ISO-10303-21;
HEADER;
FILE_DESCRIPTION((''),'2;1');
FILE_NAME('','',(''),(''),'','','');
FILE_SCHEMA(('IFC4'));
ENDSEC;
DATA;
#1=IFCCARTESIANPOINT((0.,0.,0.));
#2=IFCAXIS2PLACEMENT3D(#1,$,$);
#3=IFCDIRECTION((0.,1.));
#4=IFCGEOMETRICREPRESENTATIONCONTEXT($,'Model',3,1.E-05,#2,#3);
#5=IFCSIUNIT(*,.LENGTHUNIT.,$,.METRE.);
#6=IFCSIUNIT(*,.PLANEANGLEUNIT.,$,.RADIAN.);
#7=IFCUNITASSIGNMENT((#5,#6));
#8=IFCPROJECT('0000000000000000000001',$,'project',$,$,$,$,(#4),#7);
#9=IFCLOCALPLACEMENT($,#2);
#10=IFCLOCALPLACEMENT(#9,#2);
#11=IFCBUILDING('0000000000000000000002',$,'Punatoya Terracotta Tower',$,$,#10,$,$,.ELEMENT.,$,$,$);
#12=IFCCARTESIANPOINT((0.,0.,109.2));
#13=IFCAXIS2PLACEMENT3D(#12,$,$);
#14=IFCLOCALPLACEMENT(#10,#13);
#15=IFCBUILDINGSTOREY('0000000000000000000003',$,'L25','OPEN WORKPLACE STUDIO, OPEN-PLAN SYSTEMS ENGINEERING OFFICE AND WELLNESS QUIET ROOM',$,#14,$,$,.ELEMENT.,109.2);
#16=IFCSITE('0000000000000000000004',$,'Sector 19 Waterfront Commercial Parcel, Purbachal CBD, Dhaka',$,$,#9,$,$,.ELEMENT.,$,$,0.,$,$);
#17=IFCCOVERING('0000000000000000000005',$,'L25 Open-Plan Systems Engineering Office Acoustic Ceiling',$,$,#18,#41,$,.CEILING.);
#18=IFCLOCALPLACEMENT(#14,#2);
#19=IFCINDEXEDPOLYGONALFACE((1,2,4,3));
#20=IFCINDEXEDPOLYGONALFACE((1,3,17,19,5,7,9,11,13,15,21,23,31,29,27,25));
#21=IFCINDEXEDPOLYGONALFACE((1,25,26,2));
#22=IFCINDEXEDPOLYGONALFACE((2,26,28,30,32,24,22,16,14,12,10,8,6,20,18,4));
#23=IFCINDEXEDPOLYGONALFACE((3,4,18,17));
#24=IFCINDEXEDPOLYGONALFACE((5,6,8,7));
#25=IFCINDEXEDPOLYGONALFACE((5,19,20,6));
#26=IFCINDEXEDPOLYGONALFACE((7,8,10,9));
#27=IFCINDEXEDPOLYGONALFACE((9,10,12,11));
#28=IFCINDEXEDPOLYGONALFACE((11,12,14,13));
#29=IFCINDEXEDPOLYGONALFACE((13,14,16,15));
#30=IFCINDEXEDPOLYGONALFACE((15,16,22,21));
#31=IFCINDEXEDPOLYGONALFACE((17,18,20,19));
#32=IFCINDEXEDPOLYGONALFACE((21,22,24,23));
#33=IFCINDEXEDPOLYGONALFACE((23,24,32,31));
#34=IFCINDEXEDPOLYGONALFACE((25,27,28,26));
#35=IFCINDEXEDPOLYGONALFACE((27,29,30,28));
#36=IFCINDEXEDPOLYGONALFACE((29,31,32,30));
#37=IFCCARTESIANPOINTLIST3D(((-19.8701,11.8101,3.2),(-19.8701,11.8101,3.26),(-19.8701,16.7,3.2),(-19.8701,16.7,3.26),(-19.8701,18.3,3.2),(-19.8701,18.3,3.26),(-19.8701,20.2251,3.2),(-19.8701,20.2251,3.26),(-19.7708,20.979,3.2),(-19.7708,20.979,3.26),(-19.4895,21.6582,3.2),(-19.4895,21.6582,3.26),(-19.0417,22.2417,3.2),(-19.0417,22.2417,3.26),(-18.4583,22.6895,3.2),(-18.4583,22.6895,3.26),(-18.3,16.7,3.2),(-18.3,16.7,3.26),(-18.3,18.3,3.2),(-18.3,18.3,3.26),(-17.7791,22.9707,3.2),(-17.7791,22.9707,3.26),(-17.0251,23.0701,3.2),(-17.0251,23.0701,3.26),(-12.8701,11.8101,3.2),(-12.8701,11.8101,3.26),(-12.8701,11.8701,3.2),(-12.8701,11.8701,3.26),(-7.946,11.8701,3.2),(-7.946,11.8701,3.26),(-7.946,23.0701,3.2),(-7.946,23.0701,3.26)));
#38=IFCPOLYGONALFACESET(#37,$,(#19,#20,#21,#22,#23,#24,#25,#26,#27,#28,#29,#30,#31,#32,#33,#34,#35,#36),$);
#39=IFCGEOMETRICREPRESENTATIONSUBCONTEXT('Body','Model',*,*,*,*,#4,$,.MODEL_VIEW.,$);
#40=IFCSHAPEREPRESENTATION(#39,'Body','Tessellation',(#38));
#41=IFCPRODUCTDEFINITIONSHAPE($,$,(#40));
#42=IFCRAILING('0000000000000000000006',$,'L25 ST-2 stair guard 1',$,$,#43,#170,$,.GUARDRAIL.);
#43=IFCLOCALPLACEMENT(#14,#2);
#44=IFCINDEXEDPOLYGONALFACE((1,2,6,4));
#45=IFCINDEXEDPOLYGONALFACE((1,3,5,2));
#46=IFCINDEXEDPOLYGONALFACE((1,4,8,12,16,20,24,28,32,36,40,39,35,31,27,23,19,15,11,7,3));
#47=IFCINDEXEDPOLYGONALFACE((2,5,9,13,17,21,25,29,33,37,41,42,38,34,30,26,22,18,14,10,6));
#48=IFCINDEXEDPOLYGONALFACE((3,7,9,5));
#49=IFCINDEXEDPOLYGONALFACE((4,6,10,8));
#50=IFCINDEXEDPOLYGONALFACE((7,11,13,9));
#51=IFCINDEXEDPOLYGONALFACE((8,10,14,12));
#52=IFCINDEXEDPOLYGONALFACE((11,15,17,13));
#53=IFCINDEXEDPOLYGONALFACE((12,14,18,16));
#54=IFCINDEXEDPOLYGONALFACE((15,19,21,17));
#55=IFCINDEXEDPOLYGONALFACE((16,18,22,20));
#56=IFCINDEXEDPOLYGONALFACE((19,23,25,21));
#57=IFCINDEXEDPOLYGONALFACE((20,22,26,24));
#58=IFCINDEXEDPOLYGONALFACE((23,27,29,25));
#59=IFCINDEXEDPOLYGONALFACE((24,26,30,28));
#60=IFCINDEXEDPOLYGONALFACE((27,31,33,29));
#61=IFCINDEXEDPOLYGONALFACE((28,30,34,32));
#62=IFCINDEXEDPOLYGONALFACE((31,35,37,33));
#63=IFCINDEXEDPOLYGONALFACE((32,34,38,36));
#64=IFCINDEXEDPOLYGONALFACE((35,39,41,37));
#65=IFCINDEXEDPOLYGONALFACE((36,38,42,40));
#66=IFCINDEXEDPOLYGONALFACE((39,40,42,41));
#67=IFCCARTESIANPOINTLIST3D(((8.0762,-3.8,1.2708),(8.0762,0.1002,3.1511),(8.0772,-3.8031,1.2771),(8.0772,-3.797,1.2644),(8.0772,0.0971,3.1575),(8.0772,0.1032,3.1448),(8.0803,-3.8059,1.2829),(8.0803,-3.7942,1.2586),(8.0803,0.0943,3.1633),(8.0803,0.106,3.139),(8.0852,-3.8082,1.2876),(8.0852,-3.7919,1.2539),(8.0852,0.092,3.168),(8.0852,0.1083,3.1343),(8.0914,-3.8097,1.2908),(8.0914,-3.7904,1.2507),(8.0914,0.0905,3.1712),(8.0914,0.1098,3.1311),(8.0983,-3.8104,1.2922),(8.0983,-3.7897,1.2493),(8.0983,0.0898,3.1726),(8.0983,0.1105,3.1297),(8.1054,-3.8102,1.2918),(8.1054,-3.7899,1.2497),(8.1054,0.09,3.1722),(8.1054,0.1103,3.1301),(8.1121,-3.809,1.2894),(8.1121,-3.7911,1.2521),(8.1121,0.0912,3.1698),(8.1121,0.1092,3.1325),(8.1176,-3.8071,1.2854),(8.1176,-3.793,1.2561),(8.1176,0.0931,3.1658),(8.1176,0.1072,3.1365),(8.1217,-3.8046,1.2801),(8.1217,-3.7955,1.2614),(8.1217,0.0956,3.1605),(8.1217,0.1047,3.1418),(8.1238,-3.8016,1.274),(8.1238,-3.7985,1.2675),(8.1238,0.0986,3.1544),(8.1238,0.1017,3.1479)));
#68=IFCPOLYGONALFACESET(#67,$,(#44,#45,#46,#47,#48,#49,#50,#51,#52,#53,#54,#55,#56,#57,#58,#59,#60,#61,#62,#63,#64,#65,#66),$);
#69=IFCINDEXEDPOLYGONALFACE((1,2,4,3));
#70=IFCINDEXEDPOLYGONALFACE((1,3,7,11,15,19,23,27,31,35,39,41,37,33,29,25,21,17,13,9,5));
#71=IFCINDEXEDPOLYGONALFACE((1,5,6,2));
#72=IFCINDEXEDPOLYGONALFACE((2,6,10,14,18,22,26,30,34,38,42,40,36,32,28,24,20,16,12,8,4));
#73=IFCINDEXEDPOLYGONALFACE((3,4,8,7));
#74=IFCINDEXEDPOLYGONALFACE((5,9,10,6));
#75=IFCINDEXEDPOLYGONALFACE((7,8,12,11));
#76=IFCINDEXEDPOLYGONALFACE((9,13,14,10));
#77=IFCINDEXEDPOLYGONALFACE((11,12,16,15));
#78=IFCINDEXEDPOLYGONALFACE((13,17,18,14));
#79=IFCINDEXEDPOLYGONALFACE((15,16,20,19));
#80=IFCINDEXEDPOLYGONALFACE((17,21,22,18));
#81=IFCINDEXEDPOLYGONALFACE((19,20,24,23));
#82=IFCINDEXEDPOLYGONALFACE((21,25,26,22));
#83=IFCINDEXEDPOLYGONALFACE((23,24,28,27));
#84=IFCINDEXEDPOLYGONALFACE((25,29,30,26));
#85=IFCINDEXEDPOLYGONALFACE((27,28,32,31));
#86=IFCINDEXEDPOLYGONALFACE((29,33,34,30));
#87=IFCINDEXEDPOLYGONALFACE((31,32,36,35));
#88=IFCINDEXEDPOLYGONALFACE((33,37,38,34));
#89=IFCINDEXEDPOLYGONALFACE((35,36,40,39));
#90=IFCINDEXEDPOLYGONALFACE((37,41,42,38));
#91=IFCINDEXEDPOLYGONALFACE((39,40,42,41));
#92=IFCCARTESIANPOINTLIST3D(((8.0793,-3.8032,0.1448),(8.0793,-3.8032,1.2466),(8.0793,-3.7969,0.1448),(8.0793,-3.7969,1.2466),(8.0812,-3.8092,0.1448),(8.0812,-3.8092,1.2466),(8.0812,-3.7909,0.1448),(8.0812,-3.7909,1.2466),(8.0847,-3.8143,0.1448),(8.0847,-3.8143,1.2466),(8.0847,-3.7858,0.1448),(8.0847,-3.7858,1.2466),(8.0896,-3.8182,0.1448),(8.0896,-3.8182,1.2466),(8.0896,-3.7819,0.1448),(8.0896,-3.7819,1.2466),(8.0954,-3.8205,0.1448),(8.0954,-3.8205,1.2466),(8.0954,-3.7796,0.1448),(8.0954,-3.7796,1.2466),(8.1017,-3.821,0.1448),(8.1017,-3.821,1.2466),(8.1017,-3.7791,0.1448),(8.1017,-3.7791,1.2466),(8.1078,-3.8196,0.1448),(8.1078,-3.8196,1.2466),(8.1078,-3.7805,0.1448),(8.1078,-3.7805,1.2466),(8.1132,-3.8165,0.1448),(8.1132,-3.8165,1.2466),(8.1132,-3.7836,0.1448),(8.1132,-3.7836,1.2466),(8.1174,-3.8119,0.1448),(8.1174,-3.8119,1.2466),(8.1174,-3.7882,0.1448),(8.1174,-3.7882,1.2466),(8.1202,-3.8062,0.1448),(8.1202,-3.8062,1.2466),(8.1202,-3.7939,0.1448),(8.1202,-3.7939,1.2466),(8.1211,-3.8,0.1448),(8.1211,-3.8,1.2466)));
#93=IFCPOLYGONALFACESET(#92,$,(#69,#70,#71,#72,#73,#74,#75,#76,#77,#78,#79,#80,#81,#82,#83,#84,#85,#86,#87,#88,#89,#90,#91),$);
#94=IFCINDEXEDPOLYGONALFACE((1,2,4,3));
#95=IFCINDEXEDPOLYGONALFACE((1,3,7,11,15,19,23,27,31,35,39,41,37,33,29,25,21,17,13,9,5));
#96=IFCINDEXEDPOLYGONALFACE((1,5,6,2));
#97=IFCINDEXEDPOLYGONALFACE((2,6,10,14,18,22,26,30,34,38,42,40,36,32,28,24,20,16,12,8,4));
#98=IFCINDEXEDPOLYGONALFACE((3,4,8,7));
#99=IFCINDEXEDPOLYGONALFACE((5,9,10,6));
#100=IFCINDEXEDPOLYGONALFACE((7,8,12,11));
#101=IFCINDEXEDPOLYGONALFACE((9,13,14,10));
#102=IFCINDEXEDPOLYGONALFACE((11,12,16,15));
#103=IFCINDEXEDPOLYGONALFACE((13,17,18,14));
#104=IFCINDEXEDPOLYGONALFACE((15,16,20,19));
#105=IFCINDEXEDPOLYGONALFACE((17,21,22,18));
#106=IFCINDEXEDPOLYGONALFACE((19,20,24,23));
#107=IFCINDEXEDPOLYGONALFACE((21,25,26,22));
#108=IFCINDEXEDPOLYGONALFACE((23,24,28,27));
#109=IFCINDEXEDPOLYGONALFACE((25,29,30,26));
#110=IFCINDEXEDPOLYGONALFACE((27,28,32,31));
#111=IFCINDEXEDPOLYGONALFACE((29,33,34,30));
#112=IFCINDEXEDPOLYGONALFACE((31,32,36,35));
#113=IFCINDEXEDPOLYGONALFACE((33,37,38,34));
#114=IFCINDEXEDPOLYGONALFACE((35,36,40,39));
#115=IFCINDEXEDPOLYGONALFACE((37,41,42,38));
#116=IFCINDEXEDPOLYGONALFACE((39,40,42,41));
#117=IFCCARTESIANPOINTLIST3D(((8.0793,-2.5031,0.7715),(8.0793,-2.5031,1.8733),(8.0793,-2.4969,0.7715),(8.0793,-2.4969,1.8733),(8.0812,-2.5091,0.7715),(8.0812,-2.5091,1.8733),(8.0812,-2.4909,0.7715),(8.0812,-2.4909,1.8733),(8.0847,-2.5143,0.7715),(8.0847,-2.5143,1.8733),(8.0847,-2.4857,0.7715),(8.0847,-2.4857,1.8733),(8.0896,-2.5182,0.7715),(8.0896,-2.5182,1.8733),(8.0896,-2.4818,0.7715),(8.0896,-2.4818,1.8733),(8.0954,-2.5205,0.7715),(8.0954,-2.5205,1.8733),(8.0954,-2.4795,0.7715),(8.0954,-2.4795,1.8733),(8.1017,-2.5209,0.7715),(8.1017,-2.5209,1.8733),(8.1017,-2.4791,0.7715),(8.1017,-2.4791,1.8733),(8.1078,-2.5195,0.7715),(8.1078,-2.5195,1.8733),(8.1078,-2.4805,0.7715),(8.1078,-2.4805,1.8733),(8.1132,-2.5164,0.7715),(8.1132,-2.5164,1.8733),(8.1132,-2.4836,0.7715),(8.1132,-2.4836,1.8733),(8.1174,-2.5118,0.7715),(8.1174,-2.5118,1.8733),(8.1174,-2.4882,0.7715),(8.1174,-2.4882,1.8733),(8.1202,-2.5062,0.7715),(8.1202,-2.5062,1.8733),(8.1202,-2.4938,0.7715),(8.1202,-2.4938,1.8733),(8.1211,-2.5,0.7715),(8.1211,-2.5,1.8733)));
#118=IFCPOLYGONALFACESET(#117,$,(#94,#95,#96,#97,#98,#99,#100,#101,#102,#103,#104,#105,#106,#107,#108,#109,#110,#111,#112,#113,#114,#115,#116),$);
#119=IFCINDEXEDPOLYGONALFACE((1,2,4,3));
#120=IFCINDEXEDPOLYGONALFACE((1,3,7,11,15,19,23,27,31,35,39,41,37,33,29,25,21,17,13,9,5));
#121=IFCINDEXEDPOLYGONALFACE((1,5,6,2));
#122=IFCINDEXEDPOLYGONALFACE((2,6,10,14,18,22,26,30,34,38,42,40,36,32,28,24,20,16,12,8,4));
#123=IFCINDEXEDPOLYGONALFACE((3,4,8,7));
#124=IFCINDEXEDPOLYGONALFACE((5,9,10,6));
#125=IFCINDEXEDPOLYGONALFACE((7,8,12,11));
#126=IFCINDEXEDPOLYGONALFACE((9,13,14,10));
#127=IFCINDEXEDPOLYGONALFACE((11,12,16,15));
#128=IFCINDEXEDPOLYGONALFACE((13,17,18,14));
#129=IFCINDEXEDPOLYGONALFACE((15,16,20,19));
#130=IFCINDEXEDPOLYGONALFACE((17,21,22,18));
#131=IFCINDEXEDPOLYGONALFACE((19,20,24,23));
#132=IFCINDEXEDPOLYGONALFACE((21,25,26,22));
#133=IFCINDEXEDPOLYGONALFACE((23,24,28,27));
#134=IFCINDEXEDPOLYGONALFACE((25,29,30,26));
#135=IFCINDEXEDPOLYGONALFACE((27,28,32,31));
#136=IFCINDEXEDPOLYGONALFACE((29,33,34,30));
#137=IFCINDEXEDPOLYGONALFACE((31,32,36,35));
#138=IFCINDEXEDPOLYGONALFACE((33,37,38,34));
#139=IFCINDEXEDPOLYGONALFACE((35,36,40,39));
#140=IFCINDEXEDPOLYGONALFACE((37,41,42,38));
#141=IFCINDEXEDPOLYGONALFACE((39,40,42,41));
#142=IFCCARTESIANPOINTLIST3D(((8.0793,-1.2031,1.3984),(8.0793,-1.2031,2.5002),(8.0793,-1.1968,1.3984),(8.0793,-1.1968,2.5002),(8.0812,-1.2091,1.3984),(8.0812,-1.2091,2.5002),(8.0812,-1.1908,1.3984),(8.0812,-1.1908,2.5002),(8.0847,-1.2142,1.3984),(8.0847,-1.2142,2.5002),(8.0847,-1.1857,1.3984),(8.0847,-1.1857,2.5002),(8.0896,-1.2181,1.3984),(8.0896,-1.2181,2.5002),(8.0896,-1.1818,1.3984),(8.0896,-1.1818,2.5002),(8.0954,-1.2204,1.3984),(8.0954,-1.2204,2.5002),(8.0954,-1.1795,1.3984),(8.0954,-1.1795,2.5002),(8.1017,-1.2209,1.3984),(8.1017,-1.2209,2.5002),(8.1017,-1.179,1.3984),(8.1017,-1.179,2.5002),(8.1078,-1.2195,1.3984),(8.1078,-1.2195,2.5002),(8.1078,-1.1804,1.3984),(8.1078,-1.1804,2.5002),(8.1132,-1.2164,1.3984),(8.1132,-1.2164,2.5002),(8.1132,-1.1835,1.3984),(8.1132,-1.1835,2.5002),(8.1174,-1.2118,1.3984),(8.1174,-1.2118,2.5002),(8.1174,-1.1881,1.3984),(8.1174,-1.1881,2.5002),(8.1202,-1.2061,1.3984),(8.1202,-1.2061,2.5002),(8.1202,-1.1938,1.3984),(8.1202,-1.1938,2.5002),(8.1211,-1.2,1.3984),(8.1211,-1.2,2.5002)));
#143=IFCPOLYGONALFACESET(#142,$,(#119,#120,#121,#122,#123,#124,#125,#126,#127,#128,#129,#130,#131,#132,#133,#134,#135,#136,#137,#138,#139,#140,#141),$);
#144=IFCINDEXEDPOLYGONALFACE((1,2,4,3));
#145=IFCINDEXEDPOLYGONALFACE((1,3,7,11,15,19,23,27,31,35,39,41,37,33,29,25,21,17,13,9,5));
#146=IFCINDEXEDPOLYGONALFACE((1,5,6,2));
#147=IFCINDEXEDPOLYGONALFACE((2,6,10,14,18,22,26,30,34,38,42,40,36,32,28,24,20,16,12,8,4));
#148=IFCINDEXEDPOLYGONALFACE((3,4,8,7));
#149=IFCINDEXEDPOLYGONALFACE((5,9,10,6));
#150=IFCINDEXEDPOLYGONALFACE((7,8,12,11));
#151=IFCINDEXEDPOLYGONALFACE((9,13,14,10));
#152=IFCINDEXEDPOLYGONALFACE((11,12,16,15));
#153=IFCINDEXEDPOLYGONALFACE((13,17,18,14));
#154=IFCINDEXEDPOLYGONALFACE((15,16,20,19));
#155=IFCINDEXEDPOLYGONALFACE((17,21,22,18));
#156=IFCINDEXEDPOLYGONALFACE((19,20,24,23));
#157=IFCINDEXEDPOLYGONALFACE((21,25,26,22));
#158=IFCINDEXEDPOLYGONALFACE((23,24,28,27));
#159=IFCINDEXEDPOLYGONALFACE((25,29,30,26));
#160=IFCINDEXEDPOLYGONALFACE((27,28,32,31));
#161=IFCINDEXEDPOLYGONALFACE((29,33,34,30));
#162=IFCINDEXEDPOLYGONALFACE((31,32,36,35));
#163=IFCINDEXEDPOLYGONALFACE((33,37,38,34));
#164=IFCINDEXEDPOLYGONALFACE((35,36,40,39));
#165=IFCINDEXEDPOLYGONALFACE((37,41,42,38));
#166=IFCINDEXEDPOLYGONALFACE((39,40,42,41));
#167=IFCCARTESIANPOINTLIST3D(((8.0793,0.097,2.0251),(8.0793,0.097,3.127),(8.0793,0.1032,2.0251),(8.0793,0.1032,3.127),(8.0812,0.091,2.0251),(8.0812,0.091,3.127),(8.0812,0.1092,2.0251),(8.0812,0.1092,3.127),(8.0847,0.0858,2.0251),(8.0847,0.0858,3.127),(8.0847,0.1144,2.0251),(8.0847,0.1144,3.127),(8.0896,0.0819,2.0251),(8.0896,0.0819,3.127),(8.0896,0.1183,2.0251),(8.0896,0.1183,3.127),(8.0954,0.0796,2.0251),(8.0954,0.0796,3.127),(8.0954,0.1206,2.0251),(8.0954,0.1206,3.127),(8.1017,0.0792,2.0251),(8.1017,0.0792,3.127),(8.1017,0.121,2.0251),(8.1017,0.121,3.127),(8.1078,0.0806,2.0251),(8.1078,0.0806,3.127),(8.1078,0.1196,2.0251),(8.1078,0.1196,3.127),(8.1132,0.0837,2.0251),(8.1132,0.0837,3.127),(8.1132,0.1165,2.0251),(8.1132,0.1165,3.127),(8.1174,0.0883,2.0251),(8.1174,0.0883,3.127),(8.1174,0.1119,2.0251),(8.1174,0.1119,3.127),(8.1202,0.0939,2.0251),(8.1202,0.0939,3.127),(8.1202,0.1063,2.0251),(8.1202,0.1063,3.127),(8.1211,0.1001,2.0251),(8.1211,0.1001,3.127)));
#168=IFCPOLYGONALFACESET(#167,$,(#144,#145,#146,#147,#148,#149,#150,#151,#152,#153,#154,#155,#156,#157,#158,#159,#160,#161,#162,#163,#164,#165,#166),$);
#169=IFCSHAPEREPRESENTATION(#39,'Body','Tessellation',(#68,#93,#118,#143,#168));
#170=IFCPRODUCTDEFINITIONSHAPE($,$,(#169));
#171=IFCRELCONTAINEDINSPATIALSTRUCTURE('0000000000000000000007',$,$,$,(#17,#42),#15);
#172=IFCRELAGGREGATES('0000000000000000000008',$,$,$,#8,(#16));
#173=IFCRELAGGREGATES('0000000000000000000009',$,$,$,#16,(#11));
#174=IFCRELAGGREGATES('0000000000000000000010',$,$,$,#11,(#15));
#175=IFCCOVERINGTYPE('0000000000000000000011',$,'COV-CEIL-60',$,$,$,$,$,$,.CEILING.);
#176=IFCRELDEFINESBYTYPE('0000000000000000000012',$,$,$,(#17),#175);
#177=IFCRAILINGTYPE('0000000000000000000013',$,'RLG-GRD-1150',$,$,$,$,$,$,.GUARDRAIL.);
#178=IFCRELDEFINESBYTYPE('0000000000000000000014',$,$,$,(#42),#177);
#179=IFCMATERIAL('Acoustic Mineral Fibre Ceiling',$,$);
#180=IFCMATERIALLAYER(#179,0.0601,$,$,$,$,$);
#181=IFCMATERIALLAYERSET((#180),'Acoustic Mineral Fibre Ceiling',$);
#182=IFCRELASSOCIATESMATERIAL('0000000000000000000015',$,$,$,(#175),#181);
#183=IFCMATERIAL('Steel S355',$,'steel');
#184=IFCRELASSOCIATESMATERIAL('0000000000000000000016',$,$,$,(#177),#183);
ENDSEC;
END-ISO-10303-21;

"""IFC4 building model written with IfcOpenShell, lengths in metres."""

from ifc_helpers import new_model, si_unit, direction, frame, origin, origin_2d, place, context, subcontext, project, spatial, polyline, circle, outline, extrude, material, layer, layer_set, type_object, element, save


model = new_model("IFC4")

# Units and contexts
model_context = context("Model", 3, precision=1e-05, world=origin(), true_north=direction((0.0, 1.0)))
body_context = subcontext(model_context, "Body", "Model", "MODEL_VIEW")
ifc_project = project(units=[si_unit("LENGTHUNIT", "METRE"), si_unit("PLANEANGLEUNIT", "RADIAN")], contexts=[model_context])

# Site, building, storey
site_placement = place(None, origin())
site = spatial("IfcSite", under=ifc_project, at=site_placement, Name="Sector 19 Waterfront Commercial Parcel, Purbachal CBD, Dhaka", CompositionType="ELEMENT", RefElevation=0.0)
building_placement = place(site_placement, origin())
building = spatial("IfcBuilding", under=site, at=building_placement, Name="Punatoya Terracotta Tower", CompositionType="ELEMENT")
storey_placement = place(building_placement, frame((0.0, 0.0, 109.2)))
storey = spatial("IfcBuildingStorey", under=building, at=storey_placement, Name="L25", Description="OPEN WORKPLACE STUDIO, OPEN-PLAN SYSTEMS ENGINEERING OFFICE AND WELLNESS QUIET ROOM", CompositionType="ELEMENT", Elevation=109.2)

# Covering
ifc_material_1 = material(Name="Acoustic Mineral Fibre Ceiling")
ifc_layer_1 = layer(ifc_material_1, 0.0601)
ifc_layer_set_1 = layer_set([ifc_layer_1], Name="Acoustic Mineral Fibre Ceiling")
covering_type = type_object("IfcCoveringType", Name="COV-CEIL-60", PredefinedType="CEILING", material=ifc_layer_set_1)
covering_1_placement = place(storey_placement, frame((0.0, 0.0, 3.2)))
element("IfcCovering", 1, at=covering_1_placement, inside=storey, type_object=covering_type, Name="L25 Open-Plan Systems Engineering Office Acoustic Ceiling", PredefinedType="CEILING", context=body_context, shape_type="SweptSolid", body=[
    extrude(outline(polyline([(-19.0417, 22.2417), (-19.4895, 21.6582), (-19.7708, 20.979), (-19.8701, 20.2251), (-19.8701, 18.3), (-18.3, 18.3), (-18.3, 16.7), (-19.8701, 16.7), (-19.8701, 11.8101), (-12.8701, 11.8101), (-12.8701, 11.8701), (-7.946, 11.8701), (-7.946, 23.0701), (-17.0251, 23.0701), (-17.7791, 22.9707), (-18.4583, 22.6895), (-19.0417, 22.2417)])), origin(), (0.0, 0.0, 1.0), 0.0601),
])

# Railing
ifc_material_2 = material(Name="Steel S355", Category="steel")
railing_type_1 = type_object("IfcRailingType", Name="RLG-GRD-1150", PredefinedType="GUARDRAIL", material=ifc_material_2)
railing_1_placement = place(storey_placement, frame((8.1001, -3.8, 0.1448)))
element("IfcRailing", 2, at=railing_1_placement, inside=storey, type_object=railing_type_1, Name="L25 ST-2 stair guard 1", PredefinedType="GUARDRAIL", context=body_context, shape_type="SweptSolid", body=[
    extrude(circle(Radius=0.0239, at=origin_2d()), frame((0.0, 0.0, 1.126), z_axis=(0.0, 0.900774, 0.434289), x_axis=(-1.0, 0.0, 0.0)), (0.0, 0.0, 1.0), 4.3298),
    extrude(circle(Radius=0.021, at=origin_2d()), origin(), (0.0, 0.0, 1.0), 1.1018),
    extrude(circle(Radius=0.021, at=origin_2d()), frame((0.0, 1.3, 0.6267)), (0.0, 0.0, 1.0), 1.1018),
    extrude(circle(Radius=0.021, at=origin_2d()), frame((0.0, 2.6001, 1.2537)), (0.0, 0.0, 1.0), 1.1018),
    extrude(circle(Radius=0.021, at=origin_2d()), frame((0.0, 3.9001, 1.8804)), (0.0, 0.0, 1.0), 1.1018),
])

save(model, "model.ifc")
